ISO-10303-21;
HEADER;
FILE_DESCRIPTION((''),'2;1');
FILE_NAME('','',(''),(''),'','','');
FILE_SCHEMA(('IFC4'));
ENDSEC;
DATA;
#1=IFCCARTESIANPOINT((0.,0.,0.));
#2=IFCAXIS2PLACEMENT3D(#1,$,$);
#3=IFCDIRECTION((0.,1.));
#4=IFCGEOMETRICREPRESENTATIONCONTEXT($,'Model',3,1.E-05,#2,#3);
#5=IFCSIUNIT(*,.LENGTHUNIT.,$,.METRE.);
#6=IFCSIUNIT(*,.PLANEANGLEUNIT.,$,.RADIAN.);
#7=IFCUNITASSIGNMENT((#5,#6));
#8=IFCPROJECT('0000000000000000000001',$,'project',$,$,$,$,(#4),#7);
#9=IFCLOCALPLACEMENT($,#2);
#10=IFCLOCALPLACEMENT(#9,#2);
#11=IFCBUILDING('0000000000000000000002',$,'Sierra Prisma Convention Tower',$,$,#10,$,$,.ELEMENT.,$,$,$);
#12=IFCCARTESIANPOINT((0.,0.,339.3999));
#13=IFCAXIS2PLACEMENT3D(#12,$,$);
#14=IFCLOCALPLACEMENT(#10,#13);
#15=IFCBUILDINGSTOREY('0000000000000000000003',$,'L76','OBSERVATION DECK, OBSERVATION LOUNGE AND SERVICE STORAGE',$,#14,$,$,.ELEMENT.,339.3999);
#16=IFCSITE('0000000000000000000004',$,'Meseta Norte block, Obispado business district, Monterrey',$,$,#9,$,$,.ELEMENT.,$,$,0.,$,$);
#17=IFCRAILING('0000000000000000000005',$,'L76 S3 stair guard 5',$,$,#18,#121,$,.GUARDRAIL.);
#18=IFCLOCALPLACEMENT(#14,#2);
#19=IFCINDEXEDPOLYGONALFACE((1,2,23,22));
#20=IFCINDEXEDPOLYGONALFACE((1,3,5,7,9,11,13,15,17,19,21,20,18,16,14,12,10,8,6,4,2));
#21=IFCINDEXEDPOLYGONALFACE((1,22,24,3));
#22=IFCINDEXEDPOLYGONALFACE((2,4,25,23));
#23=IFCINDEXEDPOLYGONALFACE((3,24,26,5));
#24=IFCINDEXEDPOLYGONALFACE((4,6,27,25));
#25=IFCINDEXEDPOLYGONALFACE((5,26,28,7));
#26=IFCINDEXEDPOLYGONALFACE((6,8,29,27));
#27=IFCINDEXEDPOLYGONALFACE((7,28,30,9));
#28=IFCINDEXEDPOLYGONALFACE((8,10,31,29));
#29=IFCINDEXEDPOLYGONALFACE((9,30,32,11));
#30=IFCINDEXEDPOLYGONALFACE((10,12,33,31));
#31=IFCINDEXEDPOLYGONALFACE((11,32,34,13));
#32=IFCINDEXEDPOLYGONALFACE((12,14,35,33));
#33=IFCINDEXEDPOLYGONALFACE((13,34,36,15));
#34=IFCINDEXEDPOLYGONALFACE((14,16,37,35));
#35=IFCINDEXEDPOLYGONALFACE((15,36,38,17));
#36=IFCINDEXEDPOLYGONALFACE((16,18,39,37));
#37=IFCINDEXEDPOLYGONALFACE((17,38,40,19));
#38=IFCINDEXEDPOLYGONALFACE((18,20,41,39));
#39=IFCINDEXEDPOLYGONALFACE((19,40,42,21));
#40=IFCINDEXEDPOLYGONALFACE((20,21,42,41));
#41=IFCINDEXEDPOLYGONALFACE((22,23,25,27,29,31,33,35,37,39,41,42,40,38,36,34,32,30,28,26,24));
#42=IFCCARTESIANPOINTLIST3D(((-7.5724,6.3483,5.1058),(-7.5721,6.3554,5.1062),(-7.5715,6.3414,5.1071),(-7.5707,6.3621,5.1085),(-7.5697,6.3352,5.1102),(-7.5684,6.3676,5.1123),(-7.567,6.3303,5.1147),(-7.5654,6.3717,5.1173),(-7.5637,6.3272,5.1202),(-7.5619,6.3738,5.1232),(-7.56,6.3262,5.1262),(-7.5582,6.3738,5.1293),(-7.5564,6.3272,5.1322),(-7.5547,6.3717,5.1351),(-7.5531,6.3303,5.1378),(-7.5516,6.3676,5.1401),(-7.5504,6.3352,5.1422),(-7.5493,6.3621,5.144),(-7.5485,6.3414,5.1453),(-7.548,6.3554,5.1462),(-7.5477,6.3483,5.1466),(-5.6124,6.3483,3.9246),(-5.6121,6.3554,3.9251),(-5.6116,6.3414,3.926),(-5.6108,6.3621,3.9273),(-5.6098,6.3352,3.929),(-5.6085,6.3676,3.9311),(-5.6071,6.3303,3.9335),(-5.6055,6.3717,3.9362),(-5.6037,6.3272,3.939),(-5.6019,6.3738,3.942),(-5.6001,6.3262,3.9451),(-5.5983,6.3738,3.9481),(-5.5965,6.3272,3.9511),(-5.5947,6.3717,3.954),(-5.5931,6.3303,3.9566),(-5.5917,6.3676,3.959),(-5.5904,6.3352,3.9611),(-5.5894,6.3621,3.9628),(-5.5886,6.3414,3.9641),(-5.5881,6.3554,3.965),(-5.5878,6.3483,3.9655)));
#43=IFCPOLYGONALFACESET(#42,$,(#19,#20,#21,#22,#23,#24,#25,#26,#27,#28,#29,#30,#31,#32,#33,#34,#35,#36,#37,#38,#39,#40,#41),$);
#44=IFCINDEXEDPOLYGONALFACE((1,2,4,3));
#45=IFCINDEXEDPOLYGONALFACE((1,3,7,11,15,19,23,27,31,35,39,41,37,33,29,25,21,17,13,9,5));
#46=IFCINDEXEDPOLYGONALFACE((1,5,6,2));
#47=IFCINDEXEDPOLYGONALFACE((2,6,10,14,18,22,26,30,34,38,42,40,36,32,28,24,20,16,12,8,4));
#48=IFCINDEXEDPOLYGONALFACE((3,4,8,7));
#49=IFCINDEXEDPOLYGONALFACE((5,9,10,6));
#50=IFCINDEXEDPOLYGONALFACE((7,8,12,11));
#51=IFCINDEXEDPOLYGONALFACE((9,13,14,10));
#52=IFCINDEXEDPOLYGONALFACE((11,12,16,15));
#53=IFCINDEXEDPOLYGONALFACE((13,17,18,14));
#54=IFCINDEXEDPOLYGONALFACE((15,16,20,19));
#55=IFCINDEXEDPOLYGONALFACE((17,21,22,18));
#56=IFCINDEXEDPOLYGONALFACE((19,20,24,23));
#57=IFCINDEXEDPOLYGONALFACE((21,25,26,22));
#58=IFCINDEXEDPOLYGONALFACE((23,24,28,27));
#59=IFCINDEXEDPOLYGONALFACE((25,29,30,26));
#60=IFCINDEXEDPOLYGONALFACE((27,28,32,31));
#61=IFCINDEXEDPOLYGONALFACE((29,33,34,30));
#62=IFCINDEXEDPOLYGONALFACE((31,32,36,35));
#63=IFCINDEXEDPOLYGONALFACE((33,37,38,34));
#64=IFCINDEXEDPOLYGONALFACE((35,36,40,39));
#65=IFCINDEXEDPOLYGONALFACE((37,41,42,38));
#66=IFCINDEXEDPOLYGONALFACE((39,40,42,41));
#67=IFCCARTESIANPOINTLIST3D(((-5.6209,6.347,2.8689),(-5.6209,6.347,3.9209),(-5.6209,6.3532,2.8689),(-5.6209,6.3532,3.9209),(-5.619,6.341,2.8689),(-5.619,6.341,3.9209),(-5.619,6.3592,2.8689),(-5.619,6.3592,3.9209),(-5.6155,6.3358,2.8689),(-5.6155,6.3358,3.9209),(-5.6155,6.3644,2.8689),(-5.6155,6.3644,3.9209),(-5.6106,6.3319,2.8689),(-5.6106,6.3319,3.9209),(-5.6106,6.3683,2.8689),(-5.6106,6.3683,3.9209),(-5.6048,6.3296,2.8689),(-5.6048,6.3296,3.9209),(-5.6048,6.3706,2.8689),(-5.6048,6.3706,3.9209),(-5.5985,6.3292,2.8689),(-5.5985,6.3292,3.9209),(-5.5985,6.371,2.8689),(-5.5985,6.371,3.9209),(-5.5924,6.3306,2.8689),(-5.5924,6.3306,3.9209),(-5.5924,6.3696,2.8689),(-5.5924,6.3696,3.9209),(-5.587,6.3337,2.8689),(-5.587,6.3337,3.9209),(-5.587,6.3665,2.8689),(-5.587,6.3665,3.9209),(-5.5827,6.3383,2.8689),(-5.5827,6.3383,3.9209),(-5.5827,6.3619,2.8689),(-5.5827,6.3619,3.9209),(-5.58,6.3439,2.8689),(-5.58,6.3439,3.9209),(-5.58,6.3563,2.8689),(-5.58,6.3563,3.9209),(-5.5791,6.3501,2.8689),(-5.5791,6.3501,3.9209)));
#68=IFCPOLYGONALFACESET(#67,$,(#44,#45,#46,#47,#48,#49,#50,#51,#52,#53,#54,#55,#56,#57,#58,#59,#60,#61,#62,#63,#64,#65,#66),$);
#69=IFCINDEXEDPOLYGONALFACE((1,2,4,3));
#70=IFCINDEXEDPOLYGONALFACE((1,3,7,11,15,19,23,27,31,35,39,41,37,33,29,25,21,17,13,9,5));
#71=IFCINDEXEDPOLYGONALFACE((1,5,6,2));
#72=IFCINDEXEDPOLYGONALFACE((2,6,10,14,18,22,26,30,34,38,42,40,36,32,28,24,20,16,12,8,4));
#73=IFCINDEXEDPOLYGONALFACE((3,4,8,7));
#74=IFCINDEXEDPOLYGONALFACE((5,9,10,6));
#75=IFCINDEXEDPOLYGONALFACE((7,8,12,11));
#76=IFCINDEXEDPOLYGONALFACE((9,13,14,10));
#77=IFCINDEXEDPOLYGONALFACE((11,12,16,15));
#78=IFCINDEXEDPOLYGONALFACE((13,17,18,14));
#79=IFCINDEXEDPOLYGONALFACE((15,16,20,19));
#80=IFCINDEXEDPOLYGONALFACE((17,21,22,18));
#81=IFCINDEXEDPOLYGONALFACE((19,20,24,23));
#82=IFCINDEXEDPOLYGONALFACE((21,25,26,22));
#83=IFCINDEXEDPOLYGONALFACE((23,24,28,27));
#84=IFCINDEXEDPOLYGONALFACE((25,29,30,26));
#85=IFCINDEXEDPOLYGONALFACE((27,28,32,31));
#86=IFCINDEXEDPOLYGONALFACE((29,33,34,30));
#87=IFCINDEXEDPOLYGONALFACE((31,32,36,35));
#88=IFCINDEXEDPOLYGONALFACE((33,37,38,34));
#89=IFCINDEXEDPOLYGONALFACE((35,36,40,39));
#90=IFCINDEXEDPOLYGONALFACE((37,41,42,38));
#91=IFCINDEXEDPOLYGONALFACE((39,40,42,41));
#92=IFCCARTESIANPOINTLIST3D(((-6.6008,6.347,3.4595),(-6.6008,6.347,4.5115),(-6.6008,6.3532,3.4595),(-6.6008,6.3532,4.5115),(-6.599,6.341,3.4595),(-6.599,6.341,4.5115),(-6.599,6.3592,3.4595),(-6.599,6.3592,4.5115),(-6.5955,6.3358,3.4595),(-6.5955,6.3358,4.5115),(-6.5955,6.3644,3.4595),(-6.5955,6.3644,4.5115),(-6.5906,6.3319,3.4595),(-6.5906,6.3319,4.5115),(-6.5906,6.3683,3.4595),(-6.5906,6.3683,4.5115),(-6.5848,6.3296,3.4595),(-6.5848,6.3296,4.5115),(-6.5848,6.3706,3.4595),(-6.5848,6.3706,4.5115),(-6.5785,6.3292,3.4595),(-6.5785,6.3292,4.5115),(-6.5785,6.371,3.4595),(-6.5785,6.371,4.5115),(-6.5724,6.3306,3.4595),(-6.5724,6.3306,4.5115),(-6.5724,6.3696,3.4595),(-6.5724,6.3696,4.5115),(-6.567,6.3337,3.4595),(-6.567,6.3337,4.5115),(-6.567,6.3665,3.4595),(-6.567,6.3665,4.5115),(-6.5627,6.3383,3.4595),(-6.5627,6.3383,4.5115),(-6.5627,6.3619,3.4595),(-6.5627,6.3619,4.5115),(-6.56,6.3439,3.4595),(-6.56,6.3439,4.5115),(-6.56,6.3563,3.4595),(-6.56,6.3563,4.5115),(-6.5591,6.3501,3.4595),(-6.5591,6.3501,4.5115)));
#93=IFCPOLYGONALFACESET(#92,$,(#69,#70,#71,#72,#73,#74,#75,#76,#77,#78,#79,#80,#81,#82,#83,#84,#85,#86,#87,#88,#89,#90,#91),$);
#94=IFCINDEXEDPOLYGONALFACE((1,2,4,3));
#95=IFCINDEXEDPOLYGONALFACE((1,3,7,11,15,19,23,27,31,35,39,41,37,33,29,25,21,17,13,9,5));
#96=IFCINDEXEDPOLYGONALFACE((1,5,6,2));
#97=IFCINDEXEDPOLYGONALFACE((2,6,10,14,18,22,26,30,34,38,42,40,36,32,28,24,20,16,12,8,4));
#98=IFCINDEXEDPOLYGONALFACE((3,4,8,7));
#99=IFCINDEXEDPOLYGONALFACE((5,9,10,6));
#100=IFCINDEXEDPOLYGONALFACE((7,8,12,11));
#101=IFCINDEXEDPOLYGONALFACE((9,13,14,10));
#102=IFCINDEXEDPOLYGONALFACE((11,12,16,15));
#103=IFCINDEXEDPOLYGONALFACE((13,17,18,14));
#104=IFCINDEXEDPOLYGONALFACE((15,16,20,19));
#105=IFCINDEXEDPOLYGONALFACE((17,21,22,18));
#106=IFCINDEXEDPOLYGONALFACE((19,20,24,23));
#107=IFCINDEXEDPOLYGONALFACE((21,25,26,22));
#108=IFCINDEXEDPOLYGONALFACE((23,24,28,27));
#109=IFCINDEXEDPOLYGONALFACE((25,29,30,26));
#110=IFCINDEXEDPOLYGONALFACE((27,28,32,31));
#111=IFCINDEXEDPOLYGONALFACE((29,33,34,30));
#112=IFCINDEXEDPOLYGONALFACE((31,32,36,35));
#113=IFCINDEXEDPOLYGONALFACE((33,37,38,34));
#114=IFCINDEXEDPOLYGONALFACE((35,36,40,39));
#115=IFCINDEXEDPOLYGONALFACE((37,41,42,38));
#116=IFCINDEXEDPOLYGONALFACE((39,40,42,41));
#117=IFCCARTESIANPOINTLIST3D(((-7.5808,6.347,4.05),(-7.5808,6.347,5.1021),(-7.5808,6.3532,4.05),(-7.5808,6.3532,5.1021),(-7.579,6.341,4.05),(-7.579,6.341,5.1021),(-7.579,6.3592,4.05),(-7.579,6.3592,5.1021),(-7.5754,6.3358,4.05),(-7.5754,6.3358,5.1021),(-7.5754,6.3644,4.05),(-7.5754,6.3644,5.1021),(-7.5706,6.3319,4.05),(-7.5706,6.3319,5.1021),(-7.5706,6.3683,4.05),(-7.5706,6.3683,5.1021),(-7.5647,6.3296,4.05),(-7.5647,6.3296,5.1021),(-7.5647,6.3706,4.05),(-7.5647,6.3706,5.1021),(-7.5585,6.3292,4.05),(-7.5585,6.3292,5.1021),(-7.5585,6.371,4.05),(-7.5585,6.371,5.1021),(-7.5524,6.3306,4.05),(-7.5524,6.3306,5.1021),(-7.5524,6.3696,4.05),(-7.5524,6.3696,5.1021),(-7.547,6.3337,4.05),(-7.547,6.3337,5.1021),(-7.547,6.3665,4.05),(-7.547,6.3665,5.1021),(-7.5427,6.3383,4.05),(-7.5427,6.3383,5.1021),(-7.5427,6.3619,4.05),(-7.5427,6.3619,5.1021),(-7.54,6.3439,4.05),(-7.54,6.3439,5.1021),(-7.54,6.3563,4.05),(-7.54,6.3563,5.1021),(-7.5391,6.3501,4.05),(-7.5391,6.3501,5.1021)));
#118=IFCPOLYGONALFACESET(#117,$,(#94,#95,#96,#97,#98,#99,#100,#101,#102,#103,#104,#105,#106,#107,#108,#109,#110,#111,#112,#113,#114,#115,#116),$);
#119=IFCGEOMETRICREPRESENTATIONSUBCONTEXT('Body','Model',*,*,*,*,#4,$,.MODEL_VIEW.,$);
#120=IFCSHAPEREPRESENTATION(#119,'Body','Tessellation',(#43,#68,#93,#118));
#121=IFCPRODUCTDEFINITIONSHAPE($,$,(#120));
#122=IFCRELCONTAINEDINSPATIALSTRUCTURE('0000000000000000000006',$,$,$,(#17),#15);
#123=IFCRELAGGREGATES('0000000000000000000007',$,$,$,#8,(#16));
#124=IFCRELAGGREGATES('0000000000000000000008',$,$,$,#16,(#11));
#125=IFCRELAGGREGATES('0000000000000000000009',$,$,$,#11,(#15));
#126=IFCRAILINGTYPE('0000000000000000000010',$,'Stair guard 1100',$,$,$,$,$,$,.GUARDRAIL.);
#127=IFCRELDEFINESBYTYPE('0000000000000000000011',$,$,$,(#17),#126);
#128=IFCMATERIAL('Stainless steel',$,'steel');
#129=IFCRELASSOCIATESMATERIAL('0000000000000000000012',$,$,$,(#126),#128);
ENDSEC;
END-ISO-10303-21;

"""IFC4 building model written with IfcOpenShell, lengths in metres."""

from ifc_helpers import new_model, si_unit, direction, frame, origin, origin_2d, place, context, subcontext, project, spatial, circle, extrude, material, type_object, element, save


model = new_model("IFC4")

# Units and contexts
model_context = context("Model", 3, precision=1e-05, world=origin(), true_north=direction((0.0, 1.0)))
body_context = subcontext(model_context, "Body", "Model", "MODEL_VIEW")
ifc_project = project(units=[si_unit("LENGTHUNIT", "METRE"), si_unit("PLANEANGLEUNIT", "RADIAN")], contexts=[model_context])

# Site, building, storey
site_placement = place(None, origin())
site = spatial("IfcSite", under=ifc_project, at=site_placement, Name="Meseta Norte block, Obispado business district, Monterrey", CompositionType="ELEMENT", RefElevation=0.0)
building_placement = place(site_placement, origin())
building = spatial("IfcBuilding", under=site, at=building_placement, Name="Sierra Prisma Convention Tower", CompositionType="ELEMENT")
storey_placement = place(building_placement, frame((0.0, 0.0, 339.3999)))
storey = spatial("IfcBuildingStorey", under=building, at=storey_placement, Name="L76", Description="OBSERVATION DECK, OBSERVATION LOUNGE AND SERVICE STORAGE", CompositionType="ELEMENT", Elevation=339.3999)

# Railing
ifc_material_1 = material(Name="Stainless steel", Category="steel")
railing_type = type_object("IfcRailingType", Name="Stair guard 1100", PredefinedType="GUARDRAIL", material=ifc_material_1)
railing_1_placement = place(storey_placement, frame((-5.6001, 6.3501, 2.8689)))
element("IfcRailing", 1, at=railing_1_placement, inside=storey, type_object=railing_type, Name="L76 S3 stair guard 5", PredefinedType="GUARDRAIL", context=body_context, shape_type="SweptSolid", body=[
    extrude(circle(Radius=0.0239, at=origin_2d()), frame((0.0, 0.0, 1.0762), z_axis=(-0.856493, 0.0, 0.516158), x_axis=(0.0, -1.0, 0.0)), (0.0, 0.0, 1.0), 2.2883),
    extrude(circle(Radius=0.021, at=origin_2d()), origin(), (0.0, 0.0, 1.0), 1.052),
    extrude(circle(Radius=0.021, at=origin_2d()), frame((-0.98, 0.0, 0.5906)), (0.0, 0.0, 1.0), 1.052),
    extrude(circle(Radius=0.021, at=origin_2d()), frame((-1.96, 0.0, 1.1812)), (0.0, 0.0, 1.0), 1.052),
])

save(model, "model.ifc")
